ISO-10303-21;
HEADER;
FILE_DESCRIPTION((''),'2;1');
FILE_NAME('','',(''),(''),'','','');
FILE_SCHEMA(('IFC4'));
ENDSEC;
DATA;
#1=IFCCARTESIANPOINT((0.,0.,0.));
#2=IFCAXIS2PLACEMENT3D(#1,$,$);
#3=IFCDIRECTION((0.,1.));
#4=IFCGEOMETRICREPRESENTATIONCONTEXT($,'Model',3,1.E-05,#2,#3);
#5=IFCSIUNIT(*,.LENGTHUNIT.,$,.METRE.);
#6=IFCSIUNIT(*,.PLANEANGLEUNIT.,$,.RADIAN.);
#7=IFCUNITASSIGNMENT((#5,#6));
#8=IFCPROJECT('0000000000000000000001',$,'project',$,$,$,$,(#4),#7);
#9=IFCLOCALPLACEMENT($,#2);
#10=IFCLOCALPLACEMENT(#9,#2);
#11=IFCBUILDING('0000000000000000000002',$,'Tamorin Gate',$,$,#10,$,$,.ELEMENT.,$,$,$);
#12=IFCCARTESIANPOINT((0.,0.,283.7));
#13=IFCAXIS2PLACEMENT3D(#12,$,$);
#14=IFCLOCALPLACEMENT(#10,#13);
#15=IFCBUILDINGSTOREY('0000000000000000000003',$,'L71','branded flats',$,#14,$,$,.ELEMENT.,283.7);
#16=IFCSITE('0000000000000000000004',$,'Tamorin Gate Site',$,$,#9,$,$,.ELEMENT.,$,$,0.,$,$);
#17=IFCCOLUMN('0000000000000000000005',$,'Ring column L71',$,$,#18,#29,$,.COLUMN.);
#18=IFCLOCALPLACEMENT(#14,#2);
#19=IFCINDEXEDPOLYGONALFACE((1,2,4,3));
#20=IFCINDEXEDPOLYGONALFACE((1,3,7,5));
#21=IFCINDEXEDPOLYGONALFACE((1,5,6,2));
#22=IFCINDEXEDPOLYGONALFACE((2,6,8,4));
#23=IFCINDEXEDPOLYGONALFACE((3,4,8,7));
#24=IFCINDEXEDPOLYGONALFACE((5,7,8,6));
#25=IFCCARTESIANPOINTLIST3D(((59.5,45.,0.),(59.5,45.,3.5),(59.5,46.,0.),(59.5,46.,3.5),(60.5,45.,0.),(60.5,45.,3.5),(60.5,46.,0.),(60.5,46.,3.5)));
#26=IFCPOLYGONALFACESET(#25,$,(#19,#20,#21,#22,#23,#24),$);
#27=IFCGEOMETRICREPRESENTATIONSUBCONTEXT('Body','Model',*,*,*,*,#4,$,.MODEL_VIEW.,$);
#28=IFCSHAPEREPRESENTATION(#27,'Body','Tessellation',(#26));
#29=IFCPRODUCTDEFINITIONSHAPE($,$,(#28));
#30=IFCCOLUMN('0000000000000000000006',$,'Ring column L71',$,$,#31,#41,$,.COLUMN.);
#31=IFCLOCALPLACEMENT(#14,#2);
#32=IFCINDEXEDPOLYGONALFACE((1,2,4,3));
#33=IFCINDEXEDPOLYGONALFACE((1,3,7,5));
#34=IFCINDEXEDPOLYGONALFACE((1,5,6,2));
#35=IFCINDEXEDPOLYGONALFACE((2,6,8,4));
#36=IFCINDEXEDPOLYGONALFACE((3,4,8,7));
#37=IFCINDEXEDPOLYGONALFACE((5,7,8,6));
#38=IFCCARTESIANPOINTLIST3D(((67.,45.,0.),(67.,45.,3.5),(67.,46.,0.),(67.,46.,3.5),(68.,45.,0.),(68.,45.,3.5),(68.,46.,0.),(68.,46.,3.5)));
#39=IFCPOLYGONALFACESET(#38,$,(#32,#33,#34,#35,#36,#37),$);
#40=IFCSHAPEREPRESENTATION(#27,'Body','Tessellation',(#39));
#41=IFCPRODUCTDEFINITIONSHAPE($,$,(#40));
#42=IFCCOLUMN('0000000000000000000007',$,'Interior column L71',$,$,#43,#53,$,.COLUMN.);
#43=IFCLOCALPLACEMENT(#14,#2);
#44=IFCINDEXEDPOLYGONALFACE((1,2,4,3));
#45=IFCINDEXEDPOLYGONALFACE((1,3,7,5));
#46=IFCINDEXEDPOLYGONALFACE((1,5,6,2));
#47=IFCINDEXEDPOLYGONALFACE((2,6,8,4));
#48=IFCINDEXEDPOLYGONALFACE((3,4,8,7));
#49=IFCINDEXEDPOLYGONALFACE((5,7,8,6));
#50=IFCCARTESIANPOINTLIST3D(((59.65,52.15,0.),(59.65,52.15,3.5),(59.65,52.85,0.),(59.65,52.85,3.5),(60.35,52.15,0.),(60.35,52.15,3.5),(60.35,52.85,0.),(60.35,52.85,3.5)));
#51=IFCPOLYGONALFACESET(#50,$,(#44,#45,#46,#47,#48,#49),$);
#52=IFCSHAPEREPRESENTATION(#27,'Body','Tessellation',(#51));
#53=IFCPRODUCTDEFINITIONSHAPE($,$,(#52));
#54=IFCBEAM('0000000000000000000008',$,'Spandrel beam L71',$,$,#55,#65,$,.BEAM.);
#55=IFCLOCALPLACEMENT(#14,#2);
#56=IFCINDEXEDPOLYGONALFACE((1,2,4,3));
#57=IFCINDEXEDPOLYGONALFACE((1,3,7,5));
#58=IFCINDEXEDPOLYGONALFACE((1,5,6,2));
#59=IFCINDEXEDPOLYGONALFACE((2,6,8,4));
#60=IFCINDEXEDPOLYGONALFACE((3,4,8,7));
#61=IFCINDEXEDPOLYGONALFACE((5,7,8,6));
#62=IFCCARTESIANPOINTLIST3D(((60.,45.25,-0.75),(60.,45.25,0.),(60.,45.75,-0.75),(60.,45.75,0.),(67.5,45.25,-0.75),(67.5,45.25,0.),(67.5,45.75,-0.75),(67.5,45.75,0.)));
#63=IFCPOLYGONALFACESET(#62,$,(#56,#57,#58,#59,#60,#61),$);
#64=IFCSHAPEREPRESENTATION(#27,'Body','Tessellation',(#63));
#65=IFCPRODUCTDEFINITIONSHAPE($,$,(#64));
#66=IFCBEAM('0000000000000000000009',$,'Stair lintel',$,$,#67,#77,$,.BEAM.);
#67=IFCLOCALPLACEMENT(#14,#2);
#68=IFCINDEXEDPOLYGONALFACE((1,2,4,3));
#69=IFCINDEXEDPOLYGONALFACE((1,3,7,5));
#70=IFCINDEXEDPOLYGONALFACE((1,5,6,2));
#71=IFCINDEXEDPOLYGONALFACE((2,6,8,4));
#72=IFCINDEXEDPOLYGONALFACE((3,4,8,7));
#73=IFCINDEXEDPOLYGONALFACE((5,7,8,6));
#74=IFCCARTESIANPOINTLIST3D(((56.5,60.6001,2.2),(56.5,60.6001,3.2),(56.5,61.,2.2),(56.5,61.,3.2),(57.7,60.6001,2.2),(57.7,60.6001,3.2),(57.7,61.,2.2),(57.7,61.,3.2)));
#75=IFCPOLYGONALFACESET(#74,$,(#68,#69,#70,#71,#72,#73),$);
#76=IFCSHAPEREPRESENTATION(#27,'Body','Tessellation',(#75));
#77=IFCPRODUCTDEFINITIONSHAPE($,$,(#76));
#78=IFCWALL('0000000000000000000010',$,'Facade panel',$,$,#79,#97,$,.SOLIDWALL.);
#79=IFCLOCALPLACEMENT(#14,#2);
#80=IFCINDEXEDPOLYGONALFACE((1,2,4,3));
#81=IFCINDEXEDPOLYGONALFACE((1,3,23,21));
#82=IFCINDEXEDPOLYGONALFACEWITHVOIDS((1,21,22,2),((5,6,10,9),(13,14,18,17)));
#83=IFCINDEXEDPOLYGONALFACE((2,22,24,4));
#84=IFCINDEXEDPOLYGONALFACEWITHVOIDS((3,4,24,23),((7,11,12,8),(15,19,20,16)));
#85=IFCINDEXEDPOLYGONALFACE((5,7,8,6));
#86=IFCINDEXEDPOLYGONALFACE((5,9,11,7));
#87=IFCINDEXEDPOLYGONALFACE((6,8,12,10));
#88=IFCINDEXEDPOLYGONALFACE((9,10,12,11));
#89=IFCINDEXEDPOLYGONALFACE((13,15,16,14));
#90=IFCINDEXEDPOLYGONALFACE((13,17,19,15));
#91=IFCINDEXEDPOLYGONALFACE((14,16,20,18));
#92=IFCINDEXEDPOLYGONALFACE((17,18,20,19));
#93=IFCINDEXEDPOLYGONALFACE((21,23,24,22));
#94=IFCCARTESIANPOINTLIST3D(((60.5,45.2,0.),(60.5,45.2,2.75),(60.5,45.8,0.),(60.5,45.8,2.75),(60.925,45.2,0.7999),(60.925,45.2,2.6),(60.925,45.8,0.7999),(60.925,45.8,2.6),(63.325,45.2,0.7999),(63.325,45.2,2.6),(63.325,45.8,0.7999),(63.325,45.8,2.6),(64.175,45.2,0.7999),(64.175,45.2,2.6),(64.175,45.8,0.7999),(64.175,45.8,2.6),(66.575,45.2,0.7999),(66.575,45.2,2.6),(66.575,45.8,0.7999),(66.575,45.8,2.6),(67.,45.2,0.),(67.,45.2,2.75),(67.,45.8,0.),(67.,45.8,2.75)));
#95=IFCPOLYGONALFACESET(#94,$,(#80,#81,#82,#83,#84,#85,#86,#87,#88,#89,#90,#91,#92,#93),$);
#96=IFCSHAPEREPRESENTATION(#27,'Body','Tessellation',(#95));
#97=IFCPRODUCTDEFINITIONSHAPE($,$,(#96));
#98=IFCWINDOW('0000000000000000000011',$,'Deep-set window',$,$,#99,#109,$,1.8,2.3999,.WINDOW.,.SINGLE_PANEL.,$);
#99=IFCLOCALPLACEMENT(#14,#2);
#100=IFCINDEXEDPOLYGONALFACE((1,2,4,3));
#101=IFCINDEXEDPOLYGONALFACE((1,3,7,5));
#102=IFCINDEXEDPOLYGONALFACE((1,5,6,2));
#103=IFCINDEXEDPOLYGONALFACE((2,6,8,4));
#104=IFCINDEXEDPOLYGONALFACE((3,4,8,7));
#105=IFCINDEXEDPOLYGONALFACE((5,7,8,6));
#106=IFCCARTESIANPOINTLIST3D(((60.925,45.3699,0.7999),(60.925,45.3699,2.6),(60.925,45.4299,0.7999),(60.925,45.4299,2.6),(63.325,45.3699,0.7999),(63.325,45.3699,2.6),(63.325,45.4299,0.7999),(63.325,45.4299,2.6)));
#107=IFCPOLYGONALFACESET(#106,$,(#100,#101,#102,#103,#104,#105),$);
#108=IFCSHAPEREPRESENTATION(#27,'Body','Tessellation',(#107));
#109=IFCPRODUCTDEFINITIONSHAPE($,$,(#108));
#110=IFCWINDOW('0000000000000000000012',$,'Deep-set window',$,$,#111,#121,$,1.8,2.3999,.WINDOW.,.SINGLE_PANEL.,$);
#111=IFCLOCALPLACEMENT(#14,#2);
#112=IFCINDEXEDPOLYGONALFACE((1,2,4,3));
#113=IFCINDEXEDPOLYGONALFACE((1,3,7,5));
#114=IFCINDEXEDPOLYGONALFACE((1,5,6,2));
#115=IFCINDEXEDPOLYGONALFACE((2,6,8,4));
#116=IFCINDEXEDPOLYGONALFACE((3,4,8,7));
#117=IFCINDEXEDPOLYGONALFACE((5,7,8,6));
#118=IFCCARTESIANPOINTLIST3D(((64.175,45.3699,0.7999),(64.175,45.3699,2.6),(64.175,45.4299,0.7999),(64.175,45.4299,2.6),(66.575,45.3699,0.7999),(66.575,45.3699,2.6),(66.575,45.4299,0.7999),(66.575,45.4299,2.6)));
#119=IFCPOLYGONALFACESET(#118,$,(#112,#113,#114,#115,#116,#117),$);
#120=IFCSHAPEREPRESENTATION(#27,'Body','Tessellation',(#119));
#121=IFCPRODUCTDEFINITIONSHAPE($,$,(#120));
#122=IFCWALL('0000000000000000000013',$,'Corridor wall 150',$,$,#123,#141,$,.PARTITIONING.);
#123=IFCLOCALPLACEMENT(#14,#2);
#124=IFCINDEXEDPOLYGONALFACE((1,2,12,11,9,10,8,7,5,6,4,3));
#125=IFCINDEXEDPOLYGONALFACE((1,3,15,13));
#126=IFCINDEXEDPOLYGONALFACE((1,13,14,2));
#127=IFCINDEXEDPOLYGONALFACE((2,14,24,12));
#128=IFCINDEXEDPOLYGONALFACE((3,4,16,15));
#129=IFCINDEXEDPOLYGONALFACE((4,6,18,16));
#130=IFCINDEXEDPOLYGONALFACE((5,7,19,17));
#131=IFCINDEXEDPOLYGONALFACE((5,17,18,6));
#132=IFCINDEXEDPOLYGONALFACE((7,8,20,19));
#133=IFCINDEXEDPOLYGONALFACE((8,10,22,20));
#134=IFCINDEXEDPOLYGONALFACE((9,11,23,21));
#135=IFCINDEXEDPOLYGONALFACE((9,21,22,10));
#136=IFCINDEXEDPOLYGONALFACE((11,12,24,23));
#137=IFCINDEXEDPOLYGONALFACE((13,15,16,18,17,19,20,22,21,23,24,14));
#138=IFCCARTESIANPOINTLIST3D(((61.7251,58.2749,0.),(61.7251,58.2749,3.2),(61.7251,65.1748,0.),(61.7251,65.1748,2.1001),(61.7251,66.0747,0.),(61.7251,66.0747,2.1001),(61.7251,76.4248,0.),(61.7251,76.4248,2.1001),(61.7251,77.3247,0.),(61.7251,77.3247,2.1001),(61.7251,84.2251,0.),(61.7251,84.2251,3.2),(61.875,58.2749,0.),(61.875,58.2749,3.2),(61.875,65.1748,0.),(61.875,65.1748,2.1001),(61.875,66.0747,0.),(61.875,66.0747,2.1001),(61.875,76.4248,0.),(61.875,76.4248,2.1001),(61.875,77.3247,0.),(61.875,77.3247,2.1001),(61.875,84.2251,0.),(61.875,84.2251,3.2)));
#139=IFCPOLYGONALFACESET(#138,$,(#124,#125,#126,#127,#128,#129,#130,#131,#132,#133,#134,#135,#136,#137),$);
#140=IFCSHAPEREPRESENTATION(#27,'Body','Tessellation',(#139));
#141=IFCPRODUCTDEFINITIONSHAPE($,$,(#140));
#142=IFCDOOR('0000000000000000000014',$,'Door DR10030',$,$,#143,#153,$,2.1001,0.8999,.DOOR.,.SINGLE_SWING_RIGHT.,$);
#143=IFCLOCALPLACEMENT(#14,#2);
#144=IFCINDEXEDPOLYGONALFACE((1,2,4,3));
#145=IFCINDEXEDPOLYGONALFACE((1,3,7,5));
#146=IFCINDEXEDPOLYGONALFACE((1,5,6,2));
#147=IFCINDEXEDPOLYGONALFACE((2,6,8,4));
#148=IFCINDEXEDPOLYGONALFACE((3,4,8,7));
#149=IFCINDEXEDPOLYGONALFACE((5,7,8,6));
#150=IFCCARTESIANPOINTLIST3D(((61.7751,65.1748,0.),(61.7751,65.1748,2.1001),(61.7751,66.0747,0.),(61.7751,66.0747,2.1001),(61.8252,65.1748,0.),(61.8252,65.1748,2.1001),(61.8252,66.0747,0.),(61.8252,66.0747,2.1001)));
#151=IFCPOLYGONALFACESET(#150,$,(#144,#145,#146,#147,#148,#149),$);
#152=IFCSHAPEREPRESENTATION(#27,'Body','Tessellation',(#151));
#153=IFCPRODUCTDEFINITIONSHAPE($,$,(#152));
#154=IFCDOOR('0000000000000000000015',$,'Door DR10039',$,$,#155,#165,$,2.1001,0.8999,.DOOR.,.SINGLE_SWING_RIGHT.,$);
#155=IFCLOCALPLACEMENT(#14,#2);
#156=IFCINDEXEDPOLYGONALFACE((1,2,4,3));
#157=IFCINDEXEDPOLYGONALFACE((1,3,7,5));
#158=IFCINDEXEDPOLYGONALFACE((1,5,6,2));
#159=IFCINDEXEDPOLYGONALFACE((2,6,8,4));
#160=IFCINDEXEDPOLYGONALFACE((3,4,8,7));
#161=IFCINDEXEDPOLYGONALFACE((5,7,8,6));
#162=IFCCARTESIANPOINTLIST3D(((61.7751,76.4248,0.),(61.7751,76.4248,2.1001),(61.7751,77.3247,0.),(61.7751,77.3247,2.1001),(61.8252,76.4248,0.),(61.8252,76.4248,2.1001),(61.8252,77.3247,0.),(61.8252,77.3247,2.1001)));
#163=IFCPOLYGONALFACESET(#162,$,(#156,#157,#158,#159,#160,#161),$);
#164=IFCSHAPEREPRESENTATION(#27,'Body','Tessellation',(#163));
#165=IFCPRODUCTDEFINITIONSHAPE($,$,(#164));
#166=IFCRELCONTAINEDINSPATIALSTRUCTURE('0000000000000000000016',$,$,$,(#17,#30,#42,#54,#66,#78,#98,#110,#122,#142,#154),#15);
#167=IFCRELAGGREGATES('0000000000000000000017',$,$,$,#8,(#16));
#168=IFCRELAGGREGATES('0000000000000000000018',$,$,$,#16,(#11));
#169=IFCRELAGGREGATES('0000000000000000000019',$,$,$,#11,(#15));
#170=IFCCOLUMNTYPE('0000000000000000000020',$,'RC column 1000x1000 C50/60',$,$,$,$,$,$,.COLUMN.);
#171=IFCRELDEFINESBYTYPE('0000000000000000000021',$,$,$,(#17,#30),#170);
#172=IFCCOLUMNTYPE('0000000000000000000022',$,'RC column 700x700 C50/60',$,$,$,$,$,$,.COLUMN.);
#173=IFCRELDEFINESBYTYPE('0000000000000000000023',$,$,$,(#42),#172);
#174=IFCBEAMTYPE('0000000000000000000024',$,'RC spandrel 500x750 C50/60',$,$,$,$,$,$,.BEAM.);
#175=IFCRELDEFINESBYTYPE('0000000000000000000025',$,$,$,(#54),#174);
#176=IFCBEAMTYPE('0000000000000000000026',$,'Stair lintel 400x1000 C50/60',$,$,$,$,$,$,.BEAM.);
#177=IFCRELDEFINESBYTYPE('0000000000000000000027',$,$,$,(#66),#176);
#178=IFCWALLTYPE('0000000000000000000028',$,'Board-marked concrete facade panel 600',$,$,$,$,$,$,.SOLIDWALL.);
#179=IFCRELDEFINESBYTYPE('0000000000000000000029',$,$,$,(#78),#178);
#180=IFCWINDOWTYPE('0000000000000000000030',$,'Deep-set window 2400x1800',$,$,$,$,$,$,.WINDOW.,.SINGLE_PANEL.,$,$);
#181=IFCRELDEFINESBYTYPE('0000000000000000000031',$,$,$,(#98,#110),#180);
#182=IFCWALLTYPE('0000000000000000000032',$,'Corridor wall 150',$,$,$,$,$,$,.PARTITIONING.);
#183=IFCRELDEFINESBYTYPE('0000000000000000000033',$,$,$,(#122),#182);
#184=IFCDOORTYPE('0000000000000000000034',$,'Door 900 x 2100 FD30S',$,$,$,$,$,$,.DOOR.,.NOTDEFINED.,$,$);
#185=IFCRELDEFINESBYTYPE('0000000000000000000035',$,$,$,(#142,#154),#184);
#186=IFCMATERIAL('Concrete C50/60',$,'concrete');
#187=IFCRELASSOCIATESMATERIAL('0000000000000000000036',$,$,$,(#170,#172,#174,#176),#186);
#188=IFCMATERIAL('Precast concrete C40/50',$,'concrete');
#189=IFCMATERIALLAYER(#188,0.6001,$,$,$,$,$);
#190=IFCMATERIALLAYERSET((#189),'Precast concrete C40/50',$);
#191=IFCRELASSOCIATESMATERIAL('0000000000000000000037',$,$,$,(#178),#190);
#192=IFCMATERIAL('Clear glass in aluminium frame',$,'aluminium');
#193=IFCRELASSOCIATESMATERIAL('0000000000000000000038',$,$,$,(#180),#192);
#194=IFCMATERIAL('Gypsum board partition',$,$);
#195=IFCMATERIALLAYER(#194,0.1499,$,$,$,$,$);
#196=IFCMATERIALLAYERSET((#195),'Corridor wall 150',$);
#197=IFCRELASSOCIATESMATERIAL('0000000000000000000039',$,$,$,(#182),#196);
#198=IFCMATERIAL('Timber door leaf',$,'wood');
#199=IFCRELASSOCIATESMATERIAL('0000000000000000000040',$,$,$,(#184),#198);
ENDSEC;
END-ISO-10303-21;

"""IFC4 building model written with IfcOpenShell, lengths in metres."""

from ifc_helpers import new_model, si_unit, direction, frame, frame_2d, origin, origin_2d, place, context, subcontext, project, spatial, rectangle, extrude, material, layer, layer_set, material_profile, profile_set, type_object, element, fill, save


model = new_model("IFC4")

# Units and contexts
model_context = context("Model", 3, precision=1e-05, world=origin(), true_north=direction((0.0, 1.0)))
body_context = subcontext(model_context, "Body", "Model", "MODEL_VIEW")
ifc_project = project(units=[si_unit("LENGTHUNIT", "METRE"), si_unit("PLANEANGLEUNIT", "RADIAN")], contexts=[model_context])

# Site, building, storey
site_placement = place(None, origin())
site = spatial("IfcSite", under=ifc_project, at=site_placement, Name="Tamorin Gate Site", CompositionType="ELEMENT", RefElevation=0.0)
building_placement = place(site_placement, origin())
building = spatial("IfcBuilding", under=site, at=building_placement, Name="Tamorin Gate", CompositionType="ELEMENT")
storey_placement = place(building_placement, frame((0.0, 0.0, 283.7)))
storey = spatial("IfcBuildingStorey", under=building, at=storey_placement, Name="L71", Description="branded flats", CompositionType="ELEMENT", Elevation=283.7)

# Columns
ifc_material_1 = material(Name="Concrete C50/60", Category="concrete")
ifc_material_profile_1 = material_profile(ifc_material_1, rectangle(XDim=1.0, YDim=1.0, at=origin_2d()), Name="RC 1000x1000")
ifc_profile_set_1 = profile_set([ifc_material_profile_1], Name="Concrete C50/60")
column_type_1 = type_object("IfcColumnType", Name="RC column 1000x1000 C50/60", PredefinedType="COLUMN", material=ifc_profile_set_1)
for number, where, z_axis, x_axis, name in (
    (1, (60.0, 45.5, 0.0), (0.0, 0.0, 1.0), (1.0, 0.0, 0.0), "Ring column L71"),
    (2, (67.5, 45.5, 0.0), (0.0, 0.0, 1.0), (1.0, 0.0, 0.0), "Ring column L71"),
):
    element("IfcColumn", number, at=place(storey_placement, frame(where, z_axis=z_axis, x_axis=x_axis)), inside=storey, type_object=column_type_1, Name=name, PredefinedType="COLUMN", context=body_context, shape_type="SweptSolid", body=[
        extrude(rectangle(XDim=1.0, YDim=1.0, at=origin_2d()), origin(), (0.0, 0.0, 1.0), 3.5),
    ])
ifc_material_profile_2 = material_profile(ifc_material_1, rectangle(XDim=0.7, YDim=0.7, at=origin_2d()), Name="RC 700x700")
ifc_profile_set_2 = profile_set([ifc_material_profile_2], Name="Concrete C50/60")
column_type_2 = type_object("IfcColumnType", Name="RC column 700x700 C50/60", PredefinedType="COLUMN", material=ifc_profile_set_2)
column_placement = place(storey_placement, frame((60.0, 52.5, 0.0), z_axis=(0.0, 0.0, 1.0), x_axis=(1.0, 0.0, 0.0)))
element("IfcColumn", 3, at=column_placement, inside=storey, type_object=column_type_2, Name="Interior column L71", PredefinedType="COLUMN", context=body_context, shape_type="SweptSolid", body=[
    extrude(rectangle(XDim=0.7, YDim=0.7, at=origin_2d()), origin(), (0.0, 0.0, 1.0), 3.5),
])

# Beams
ifc_material_profile_3 = material_profile(ifc_material_1, rectangle(XDim=0.5, YDim=0.75, at=origin_2d()), Name="RC 500x750")
ifc_profile_set_3 = profile_set([ifc_material_profile_3], Name="Concrete C50/60")
beam_type_1 = type_object("IfcBeamType", Name="RC spandrel 500x750 C50/60", PredefinedType="BEAM", material=ifc_profile_set_3)
beam_1_placement = place(storey_placement, frame((60.0, 45.5, -0.375), z_axis=(1.0, 0.0, 0.0), x_axis=(0.0, 1.0, 0.0)))
element("IfcBeam", 4, at=beam_1_placement, inside=storey, type_object=beam_type_1, Name="Spandrel beam L71", PredefinedType="BEAM", context=body_context, shape_type="SweptSolid", body=[
    extrude(rectangle(XDim=0.5, YDim=0.75, at=origin_2d()), origin(), (0.0, 0.0, 1.0), 7.5),
])
ifc_material_profile_4 = material_profile(ifc_material_1, rectangle(XDim=0.3999, YDim=1.0, at=origin_2d()))
ifc_profile_set_4 = profile_set([ifc_material_profile_4], Name="Concrete C50/60")
beam_type_2 = type_object("IfcBeamType", Name="Stair lintel 400x1000 C50/60", PredefinedType="BEAM", material=ifc_profile_set_4)
beam_2_placement = place(storey_placement, frame((56.5, 60.8, 2.7), z_axis=(1.0, 0.0, 0.0), x_axis=(0.0, 1.0, 0.0)))
element("IfcBeam", 5, at=beam_2_placement, inside=storey, type_object=beam_type_2, Name="Stair lintel", PredefinedType="BEAM", context=body_context, shape_type="SweptSolid", body=[
    extrude(rectangle(XDim=0.3999, YDim=1.0, at=origin_2d()), origin(), (0.0, 0.0, 1.0), 1.2),
])

# Wall, openings, windows
ifc_material_2 = material(Name="Precast concrete C40/50", Category="concrete")
ifc_layer_1 = layer(ifc_material_2, 0.6001)
ifc_layer_set_1 = layer_set([ifc_layer_1], Name="Precast concrete C40/50")
wall_type_1 = type_object("IfcWallType", Name="Board-marked concrete facade panel 600", PredefinedType="SOLIDWALL", material=ifc_layer_set_1)
wall_1_placement = place(storey_placement, frame((60.5, 45.5, 0.0), z_axis=(0.0, 0.0, 1.0), x_axis=(1.0, 0.0, 0.0)))
wall_1 = element("IfcWall", 6, at=wall_1_placement, inside=storey, type_object=wall_type_1, Name="Facade panel", PredefinedType="SOLIDWALL", context=body_context, shape_type="SweptSolid", body=[
    extrude(rectangle(XDim=6.5, YDim=0.6001, at=frame_2d((3.25, 0.0))), origin(), (0.0, 0.0, 1.0), 2.75),
])
opening_1_placement = place(wall_1_placement, frame((0.425, 0.0, 0.8)))
opening_1 = element("IfcOpeningElement", 7, at=opening_1_placement, cuts=wall_1, PredefinedType="OPENING", context=body_context, shape_type="SweptSolid", body=[
    extrude(rectangle(XDim=2.3999, YDim=1.8, at=frame_2d((1.2, 0.8999))), frame((0.0, 0.3101, 0.0), z_axis=(0.0, -1.0, 0.0), x_axis=(1.0, 0.0, 0.0)), (0.0, 0.0, 1.0), 0.6201),
])
opening_2_placement = place(wall_1_placement, frame((3.675, 0.0, 0.8)))
opening_2 = element("IfcOpeningElement", 8, at=opening_2_placement, cuts=wall_1, PredefinedType="OPENING", context=body_context, shape_type="SweptSolid", body=[
    extrude(rectangle(XDim=2.3999, YDim=1.8, at=frame_2d((1.2, 0.8999))), frame((0.0, 0.3101, 0.0), z_axis=(0.0, -1.0, 0.0), x_axis=(1.0, 0.0, 0.0)), (0.0, 0.0, 1.0), 0.6201),
])
ifc_material_3 = material(Name="Clear glass in aluminium frame", Category="aluminium")
window_type = type_object("IfcWindowType", Name="Deep-set window 2400x1800", PartitioningType="SINGLE_PANEL", PredefinedType="WINDOW", material=ifc_material_3)
window_1_placement = place(opening_1_placement, origin())
window_1 = element("IfcWindow", 9, at=window_1_placement, inside=storey, type_object=window_type, Name="Deep-set window", OverallHeight=1.8, OverallWidth=2.3999, PartitioningType="SINGLE_PANEL", PredefinedType="WINDOW", context=body_context, shape_type="SweptSolid", body=[
    extrude(rectangle(XDim=2.3999, YDim=1.8, at=frame_2d((1.2, 0.8999))), frame((0.0, -0.0701, 0.0), z_axis=(0.0, -1.0, 0.0), x_axis=(1.0, 0.0, 0.0)), (0.0, 0.0, 1.0), 0.0601),
])
fill(opening_1, window_1)
window_2_placement = place(opening_2_placement, origin())
window_2 = element("IfcWindow", 10, at=window_2_placement, inside=storey, type_object=window_type, Name="Deep-set window", OverallHeight=1.8, OverallWidth=2.3999, PartitioningType="SINGLE_PANEL", PredefinedType="WINDOW", context=body_context, shape_type="SweptSolid", body=[
    extrude(rectangle(XDim=2.3999, YDim=1.8, at=frame_2d((1.2, 0.8999))), frame((0.0, -0.0701, 0.0), z_axis=(0.0, -1.0, 0.0), x_axis=(1.0, 0.0, 0.0)), (0.0, 0.0, 1.0), 0.0601),
])
fill(opening_2, window_2)

# Wall, openings, doors
ifc_material_4 = material(Name="Gypsum board partition")
ifc_layer_2 = layer(ifc_material_4, 0.1499)
ifc_layer_set_2 = layer_set([ifc_layer_2], Name="Corridor wall 150")
wall_type_2 = type_object("IfcWallType", Name="Corridor wall 150", PredefinedType="PARTITIONING", material=ifc_layer_set_2)
wall_2_placement = place(storey_placement, frame((61.8, 58.2749, 0.0), z_axis=(0.0, 0.0, 1.0), x_axis=(0.0, 1.0, 0.0)))
wall_2 = element("IfcWall", 11, at=wall_2_placement, inside=storey, type_object=wall_type_2, Name="Corridor wall 150", PredefinedType="PARTITIONING", context=body_context, shape_type="SweptSolid", body=[
    extrude(rectangle(XDim=25.9502, YDim=0.1499, at=frame_2d((12.9751, 0.0))), origin(), (0.0, 0.0, 1.0), 3.2),
])
opening_3_placement = place(wall_2_placement, frame((6.8999, 0.0, 0.0)))
opening_3 = element("IfcOpeningElement", 12, at=opening_3_placement, cuts=wall_2, PredefinedType="OPENING", context=body_context, shape_type="SweptSolid", body=[
    extrude(rectangle(XDim=0.8999, YDim=2.1001, at=frame_2d((0.45, 1.05))), frame((0.0, 0.085, 0.0), z_axis=(0.0, -1.0, 0.0), x_axis=(1.0, 0.0, 0.0)), (0.0, 0.0, 1.0), 0.1699),
])
opening_4_placement = place(wall_2_placement, frame((18.1499, 0.0, 0.0)))
opening_4 = element("IfcOpeningElement", 13, at=opening_4_placement, cuts=wall_2, PredefinedType="OPENING", context=body_context, shape_type="SweptSolid", body=[
    extrude(rectangle(XDim=0.8999, YDim=2.1001, at=frame_2d((0.45, 1.05))), frame((0.0, 0.085, 0.0), z_axis=(0.0, -1.0, 0.0), x_axis=(1.0, 0.0, 0.0)), (0.0, 0.0, 1.0), 0.1699),
])
ifc_material_5 = material(Name="Timber door leaf", Category="wood")
door_type_1 = type_object("IfcDoorType", Name="Door 900 x 2100 FD30S", OperationType="NOTDEFINED", PredefinedType="DOOR", material=ifc_material_5)
door_1_placement = place(opening_3_placement, origin())
door_1 = element("IfcDoor", 14, at=door_1_placement, inside=storey, type_object=door_type_1, Name="Door DR10030", OperationType="SINGLE_SWING_RIGHT", OverallHeight=2.1001, OverallWidth=0.8999, PredefinedType="DOOR", context=body_context, shape_type="SweptSolid", body=[
    extrude(rectangle(XDim=0.8999, YDim=2.1001, at=frame_2d((0.45, 1.05))), frame((0.0, 0.0249, 0.0), z_axis=(0.0, -1.0, 0.0), x_axis=(1.0, 0.0, 0.0)), (0.0, 0.0, 1.0), 0.05),
])
fill(opening_3, door_1)
door_2_placement = place(opening_4_placement, origin())
door_2 = element("IfcDoor", 15, at=door_2_placement, inside=storey, type_object=door_type_1, Name="Door DR10039", OperationType="SINGLE_SWING_RIGHT", OverallHeight=2.1001, OverallWidth=0.8999, PredefinedType="DOOR", context=body_context, shape_type="SweptSolid", body=[
    extrude(rectangle(XDim=0.8999, YDim=2.1001, at=frame_2d((0.45, 1.05))), frame((0.0, 0.0249, 0.0), z_axis=(0.0, -1.0, 0.0), x_axis=(1.0, 0.0, 0.0)), (0.0, 0.0, 1.0), 0.05),
])
fill(opening_4, door_2)

save(model, "model.ifc")
